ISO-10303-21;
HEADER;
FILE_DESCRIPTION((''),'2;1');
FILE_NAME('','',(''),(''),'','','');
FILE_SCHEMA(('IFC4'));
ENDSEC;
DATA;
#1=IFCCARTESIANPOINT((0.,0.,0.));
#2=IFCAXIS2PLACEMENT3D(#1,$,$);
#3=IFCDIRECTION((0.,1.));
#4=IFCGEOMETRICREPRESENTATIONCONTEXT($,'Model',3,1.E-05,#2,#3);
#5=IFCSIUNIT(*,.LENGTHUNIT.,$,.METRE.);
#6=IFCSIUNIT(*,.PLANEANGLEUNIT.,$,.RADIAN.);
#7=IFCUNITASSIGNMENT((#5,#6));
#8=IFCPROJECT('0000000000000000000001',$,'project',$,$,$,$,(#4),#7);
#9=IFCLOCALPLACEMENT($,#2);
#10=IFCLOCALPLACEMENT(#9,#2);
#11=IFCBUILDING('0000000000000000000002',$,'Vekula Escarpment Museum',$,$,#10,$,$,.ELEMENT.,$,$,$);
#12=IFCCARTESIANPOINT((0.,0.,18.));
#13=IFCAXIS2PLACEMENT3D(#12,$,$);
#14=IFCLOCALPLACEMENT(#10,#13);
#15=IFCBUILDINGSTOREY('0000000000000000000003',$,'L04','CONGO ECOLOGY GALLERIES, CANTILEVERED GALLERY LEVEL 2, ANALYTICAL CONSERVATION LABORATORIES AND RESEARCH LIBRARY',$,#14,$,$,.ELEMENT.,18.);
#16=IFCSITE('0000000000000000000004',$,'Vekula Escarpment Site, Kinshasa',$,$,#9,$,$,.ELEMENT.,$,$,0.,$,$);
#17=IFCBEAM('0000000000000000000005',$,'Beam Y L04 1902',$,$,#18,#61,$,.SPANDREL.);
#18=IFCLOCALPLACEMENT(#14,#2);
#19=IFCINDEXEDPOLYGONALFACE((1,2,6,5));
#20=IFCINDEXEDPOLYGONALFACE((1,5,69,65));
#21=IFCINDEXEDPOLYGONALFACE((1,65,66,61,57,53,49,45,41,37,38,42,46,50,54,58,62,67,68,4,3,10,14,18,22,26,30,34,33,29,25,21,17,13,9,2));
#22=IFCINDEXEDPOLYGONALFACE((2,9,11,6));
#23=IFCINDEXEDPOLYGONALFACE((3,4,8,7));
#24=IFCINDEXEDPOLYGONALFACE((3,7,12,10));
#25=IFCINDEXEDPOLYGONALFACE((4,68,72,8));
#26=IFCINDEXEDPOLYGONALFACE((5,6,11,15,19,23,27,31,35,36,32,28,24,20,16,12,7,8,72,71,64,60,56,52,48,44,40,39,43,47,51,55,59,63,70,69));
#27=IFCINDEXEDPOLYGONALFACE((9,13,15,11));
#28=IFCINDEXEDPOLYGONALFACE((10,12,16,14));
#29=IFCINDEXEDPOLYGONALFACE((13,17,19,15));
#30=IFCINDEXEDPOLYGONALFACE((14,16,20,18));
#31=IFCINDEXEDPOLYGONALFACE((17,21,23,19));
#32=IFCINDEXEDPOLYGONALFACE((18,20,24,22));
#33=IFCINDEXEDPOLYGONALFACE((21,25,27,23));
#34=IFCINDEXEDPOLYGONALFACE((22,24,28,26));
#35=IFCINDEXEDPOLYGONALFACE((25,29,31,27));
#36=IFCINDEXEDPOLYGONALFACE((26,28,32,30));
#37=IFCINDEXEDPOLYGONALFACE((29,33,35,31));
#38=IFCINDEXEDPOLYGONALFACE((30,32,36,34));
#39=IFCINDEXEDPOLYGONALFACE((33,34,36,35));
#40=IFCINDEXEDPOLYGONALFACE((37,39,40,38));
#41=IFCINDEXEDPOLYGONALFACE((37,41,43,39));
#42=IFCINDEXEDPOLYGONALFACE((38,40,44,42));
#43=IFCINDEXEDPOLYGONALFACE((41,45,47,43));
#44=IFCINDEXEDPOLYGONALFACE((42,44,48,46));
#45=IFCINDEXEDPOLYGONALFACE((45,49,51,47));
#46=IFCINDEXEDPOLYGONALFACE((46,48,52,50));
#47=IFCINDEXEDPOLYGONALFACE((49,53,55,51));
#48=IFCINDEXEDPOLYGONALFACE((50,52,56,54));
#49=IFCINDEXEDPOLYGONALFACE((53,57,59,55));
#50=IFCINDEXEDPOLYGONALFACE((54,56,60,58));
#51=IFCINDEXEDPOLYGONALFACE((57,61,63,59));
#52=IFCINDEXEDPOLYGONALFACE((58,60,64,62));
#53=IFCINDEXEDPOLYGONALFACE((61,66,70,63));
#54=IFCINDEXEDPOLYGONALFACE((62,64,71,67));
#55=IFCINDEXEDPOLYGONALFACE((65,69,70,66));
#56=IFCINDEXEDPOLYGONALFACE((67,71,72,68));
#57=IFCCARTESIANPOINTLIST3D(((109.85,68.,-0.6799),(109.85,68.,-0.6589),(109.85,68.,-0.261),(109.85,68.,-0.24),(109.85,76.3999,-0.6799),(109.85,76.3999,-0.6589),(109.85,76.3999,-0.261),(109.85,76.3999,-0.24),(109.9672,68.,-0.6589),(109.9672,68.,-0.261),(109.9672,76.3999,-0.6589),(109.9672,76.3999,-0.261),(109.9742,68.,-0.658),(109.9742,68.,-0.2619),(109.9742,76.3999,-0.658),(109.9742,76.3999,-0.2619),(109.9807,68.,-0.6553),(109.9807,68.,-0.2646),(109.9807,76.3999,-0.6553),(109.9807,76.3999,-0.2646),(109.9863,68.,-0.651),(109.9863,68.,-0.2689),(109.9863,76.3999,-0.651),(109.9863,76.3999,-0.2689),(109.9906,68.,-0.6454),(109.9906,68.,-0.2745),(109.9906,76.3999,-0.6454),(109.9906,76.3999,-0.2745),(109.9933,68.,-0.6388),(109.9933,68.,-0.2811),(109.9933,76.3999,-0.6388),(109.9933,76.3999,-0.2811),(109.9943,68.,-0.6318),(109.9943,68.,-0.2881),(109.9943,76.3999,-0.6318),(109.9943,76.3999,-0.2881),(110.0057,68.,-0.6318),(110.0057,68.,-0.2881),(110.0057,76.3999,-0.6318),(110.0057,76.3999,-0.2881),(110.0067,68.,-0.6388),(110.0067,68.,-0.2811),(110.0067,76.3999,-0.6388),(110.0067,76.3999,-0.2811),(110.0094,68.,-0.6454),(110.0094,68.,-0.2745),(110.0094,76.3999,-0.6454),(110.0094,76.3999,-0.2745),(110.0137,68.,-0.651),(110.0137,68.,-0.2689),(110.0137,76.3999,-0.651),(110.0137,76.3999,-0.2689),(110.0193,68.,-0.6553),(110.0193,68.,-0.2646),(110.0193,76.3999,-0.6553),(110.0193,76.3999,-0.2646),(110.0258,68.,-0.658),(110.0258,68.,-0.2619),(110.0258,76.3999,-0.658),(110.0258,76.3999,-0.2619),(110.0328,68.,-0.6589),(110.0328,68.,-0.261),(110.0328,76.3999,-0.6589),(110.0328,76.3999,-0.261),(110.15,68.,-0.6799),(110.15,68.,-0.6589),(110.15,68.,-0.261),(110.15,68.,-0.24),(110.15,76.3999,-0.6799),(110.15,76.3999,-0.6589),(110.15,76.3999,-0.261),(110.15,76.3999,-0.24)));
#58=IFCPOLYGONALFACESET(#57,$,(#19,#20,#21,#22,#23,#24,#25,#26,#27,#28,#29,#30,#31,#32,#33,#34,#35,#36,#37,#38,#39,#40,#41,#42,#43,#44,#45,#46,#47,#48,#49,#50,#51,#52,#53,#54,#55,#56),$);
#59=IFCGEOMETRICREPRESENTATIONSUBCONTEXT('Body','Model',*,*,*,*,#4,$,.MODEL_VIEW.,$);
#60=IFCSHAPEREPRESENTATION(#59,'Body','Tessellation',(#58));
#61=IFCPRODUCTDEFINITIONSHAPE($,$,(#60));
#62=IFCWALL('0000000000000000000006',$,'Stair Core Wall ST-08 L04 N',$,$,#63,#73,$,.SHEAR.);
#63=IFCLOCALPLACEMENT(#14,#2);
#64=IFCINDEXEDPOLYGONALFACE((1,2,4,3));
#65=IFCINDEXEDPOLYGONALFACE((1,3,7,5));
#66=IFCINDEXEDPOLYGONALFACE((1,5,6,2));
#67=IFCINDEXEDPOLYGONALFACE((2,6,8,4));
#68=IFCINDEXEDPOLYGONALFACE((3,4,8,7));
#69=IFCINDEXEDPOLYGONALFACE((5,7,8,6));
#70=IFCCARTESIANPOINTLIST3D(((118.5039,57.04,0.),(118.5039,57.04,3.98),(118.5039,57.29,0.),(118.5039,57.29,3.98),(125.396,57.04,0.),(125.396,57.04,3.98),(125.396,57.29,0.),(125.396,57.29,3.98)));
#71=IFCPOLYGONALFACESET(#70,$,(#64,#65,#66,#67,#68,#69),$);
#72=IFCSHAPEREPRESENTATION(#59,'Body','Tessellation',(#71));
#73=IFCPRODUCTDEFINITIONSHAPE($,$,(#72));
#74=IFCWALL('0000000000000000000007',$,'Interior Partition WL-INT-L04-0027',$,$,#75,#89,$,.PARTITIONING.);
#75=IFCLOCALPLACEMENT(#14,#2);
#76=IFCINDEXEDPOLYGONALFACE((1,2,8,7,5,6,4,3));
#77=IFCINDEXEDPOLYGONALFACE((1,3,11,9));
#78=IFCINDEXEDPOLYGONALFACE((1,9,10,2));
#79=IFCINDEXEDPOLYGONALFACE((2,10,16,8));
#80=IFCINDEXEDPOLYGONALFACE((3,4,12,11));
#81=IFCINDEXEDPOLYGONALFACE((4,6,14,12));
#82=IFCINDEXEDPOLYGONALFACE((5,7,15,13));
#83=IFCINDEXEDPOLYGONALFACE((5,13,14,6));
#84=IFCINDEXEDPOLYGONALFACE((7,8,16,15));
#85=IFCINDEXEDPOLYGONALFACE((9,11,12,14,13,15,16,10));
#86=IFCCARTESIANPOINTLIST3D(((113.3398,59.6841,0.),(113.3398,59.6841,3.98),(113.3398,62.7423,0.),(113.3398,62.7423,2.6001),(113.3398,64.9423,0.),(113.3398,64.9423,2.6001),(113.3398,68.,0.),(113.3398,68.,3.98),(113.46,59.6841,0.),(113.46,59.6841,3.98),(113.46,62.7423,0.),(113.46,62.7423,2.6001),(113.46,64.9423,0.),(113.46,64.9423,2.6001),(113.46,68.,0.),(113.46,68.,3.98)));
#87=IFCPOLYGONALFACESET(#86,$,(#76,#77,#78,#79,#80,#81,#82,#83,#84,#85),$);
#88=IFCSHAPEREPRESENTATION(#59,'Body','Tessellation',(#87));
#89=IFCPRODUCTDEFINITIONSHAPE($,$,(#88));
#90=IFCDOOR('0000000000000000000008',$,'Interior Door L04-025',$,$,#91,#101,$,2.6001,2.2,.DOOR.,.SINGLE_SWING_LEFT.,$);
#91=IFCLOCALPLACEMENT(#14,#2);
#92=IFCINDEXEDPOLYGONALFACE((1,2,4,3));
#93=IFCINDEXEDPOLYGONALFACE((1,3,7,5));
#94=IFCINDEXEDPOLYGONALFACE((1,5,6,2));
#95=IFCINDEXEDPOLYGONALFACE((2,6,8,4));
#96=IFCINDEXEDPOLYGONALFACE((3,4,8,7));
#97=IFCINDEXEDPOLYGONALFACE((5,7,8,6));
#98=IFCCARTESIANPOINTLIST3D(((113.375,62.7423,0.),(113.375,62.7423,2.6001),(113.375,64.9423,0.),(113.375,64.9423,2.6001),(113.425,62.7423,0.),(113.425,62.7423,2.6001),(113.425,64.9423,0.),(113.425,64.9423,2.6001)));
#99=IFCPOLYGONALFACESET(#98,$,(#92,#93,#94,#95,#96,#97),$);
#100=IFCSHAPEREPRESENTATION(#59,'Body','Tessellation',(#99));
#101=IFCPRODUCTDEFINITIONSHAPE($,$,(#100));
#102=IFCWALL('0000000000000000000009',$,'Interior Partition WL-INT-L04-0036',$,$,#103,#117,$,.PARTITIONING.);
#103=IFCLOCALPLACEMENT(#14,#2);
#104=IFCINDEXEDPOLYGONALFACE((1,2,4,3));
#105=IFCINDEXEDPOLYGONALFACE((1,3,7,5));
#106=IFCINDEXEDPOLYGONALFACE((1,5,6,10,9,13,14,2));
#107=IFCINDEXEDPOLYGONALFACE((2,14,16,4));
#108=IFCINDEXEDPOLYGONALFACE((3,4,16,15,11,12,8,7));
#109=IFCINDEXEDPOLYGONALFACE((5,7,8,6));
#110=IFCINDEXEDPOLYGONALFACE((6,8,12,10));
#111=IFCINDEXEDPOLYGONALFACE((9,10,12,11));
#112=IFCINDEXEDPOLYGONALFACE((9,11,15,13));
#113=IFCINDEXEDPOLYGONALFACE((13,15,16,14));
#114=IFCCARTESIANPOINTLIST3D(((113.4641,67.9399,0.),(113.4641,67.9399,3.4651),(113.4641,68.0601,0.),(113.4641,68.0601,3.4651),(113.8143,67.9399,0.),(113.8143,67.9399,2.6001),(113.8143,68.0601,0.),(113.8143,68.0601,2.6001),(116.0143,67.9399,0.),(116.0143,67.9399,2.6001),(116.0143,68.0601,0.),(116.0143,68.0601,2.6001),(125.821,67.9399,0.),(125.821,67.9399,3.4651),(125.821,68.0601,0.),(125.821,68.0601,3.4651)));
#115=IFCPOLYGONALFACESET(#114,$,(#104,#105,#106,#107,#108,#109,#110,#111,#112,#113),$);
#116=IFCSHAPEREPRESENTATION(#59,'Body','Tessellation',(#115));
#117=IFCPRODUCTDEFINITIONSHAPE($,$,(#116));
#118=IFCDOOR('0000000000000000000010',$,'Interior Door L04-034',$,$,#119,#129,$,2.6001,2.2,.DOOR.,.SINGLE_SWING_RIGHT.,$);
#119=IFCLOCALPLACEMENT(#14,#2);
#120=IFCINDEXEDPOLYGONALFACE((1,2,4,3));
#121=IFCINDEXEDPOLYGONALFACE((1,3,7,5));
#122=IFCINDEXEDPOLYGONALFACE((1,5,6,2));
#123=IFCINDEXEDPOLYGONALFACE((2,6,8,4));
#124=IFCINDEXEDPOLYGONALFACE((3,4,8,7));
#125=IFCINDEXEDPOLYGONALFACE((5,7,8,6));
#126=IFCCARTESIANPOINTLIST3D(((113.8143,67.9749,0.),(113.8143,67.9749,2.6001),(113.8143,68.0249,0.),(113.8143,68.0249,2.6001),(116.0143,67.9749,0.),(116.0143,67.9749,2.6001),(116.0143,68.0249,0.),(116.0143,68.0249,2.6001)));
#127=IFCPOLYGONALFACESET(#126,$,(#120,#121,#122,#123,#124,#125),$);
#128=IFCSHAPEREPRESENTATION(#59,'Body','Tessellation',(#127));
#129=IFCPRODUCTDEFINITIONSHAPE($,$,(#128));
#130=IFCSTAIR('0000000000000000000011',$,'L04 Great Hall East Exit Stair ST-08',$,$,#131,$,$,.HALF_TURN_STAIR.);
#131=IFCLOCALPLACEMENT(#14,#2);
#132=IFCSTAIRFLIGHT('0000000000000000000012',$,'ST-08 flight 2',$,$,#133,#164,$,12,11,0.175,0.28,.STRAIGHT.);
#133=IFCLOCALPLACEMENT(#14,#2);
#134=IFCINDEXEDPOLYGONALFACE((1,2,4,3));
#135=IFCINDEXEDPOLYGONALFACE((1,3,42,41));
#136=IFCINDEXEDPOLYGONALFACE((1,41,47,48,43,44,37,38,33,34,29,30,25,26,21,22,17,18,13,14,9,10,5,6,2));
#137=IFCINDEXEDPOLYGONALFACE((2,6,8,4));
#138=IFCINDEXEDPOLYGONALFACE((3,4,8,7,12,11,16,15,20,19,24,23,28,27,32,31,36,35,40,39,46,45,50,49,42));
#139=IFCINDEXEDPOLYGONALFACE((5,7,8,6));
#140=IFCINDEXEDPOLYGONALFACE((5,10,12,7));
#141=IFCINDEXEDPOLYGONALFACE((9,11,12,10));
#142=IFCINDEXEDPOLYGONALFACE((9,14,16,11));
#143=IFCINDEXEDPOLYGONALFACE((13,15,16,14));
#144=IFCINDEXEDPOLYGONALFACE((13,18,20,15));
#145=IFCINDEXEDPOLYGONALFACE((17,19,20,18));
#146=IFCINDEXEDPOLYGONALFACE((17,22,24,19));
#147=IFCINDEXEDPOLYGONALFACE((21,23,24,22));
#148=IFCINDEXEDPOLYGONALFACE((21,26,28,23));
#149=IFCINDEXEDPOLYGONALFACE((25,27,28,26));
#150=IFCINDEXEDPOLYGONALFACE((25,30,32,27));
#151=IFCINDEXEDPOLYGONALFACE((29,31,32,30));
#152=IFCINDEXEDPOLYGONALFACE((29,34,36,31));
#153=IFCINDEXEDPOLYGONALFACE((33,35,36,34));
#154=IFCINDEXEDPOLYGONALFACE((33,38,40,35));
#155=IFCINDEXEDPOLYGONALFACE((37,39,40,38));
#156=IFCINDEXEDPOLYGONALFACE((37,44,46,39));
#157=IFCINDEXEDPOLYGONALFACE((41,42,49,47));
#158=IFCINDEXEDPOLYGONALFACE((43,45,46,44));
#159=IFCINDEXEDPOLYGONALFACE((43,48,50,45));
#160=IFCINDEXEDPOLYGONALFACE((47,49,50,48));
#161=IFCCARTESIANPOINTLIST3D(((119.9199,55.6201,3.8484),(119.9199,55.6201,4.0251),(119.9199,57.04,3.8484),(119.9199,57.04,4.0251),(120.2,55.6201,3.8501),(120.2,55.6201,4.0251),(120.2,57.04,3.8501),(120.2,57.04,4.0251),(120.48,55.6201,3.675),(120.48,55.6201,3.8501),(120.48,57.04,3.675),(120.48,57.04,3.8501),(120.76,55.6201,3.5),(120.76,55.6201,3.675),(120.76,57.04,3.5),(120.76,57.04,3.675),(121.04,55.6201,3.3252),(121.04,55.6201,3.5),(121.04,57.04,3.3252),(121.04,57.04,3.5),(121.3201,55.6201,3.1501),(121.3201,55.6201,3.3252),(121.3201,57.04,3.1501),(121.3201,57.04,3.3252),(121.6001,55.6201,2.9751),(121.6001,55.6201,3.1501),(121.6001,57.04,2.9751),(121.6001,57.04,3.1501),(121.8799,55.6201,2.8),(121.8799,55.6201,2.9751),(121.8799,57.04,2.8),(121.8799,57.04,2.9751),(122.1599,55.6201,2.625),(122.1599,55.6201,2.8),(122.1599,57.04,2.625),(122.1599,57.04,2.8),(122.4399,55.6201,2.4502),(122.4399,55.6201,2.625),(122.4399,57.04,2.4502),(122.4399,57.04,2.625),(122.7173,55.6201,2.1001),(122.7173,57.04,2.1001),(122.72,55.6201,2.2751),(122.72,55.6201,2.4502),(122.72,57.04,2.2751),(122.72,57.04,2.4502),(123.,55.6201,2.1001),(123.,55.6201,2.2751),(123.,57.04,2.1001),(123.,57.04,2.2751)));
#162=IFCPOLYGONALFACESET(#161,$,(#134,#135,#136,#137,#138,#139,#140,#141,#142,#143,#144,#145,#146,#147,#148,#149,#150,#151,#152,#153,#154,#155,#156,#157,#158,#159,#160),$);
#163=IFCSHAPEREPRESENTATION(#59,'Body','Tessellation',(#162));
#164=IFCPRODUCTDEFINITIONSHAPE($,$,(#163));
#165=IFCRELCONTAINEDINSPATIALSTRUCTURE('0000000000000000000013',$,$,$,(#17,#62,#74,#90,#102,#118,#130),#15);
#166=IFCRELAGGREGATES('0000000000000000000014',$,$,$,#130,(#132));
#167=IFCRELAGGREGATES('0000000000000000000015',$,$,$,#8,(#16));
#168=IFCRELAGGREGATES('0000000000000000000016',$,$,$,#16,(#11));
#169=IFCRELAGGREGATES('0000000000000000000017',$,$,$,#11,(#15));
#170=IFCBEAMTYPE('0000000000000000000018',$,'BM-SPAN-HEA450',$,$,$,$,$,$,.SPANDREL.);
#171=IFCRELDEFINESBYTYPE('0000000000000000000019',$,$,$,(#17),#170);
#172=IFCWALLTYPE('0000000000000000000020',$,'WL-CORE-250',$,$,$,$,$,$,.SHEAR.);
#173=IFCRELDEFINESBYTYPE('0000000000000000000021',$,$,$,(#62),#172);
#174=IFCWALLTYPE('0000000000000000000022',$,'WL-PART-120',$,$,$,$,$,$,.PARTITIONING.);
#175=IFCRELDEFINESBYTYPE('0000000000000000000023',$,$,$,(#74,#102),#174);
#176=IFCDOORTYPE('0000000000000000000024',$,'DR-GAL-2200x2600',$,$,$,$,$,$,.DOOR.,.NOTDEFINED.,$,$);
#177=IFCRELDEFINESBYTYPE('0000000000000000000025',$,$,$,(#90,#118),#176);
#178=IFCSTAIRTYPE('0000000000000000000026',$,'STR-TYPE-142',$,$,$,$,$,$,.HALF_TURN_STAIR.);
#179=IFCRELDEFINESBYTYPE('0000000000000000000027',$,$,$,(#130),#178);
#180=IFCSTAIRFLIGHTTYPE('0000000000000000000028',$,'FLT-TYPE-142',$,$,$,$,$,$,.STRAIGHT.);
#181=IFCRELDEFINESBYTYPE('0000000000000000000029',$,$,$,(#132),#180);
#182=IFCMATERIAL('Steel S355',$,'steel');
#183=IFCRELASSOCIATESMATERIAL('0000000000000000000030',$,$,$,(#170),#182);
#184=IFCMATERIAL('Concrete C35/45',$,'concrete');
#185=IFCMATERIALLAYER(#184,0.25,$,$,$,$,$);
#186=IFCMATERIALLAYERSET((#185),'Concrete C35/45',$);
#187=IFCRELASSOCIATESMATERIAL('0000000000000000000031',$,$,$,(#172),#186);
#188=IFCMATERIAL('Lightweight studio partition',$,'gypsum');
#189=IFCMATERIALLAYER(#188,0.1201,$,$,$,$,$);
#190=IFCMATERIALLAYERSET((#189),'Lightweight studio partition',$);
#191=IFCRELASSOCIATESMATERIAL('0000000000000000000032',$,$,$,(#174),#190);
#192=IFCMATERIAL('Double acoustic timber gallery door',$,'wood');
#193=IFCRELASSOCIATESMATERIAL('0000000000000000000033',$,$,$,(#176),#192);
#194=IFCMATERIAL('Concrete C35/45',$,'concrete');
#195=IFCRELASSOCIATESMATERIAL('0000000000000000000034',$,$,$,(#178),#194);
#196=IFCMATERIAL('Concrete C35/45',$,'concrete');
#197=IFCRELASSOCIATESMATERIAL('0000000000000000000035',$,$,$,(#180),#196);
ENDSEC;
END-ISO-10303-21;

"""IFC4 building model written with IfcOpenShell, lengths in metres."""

from ifc_helpers import new_model, si_unit, direction, frame, frame_2d, origin, origin_2d, place, context, subcontext, project, spatial, polyline, rectangle, i_section, outline, extrude, material, layer, layer_set, material_profile, profile_set, type_object, element, fill, aggregate, save


model = new_model("IFC4")

# Units and contexts
model_context = context("Model", 3, precision=1e-05, world=origin(), true_north=direction((0.0, 1.0)))
body_context = subcontext(model_context, "Body", "Model", "MODEL_VIEW")
ifc_project = project(units=[si_unit("LENGTHUNIT", "METRE"), si_unit("PLANEANGLEUNIT", "RADIAN")], contexts=[model_context])

# Site, building, storey
site_placement = place(None, origin())
site = spatial("IfcSite", under=ifc_project, at=site_placement, Name="Vekula Escarpment Site, Kinshasa", CompositionType="ELEMENT", RefElevation=0.0)
building_placement = place(site_placement, origin())
building = spatial("IfcBuilding", under=site, at=building_placement, Name="Vekula Escarpment Museum", CompositionType="ELEMENT")
storey_placement = place(building_placement, frame((0.0, 0.0, 18.0)))
storey = spatial("IfcBuildingStorey", under=building, at=storey_placement, Name="L04", Description="CONGO ECOLOGY GALLERIES, CANTILEVERED GALLERY LEVEL 2, ANALYTICAL CONSERVATION LABORATORIES AND RESEARCH LIBRARY", CompositionType="ELEMENT", Elevation=18.0)

# Beam
ifc_material_1 = material(Name="Steel S355", Category="steel")
ifc_material_profile_1 = material_profile(ifc_material_1, i_section(OverallWidth=0.3, OverallDepth=0.4399, WebThickness=0.0115, FlangeThickness=0.021, FilletRadius=0.0271, at=origin_2d()), Name="HEA 450")
ifc_profile_set_1 = profile_set([ifc_material_profile_1], Name="Steel S355")
beam_type_1 = type_object("IfcBeamType", Name="BM-SPAN-HEA450", PredefinedType="SPANDREL", material=ifc_profile_set_1)
for number, where, z_axis, x_axis, name in (
    (1, (110.0, 68.0, -0.46), (0.0, 1.0, 0.0), (-1.0, 0.0, 0.0), "Beam Y L04 1902"),
):
    element("IfcBeam", number, at=place(storey_placement, frame(where, z_axis=z_axis, x_axis=x_axis)), inside=storey, type_object=beam_type_1, Name=name, PredefinedType="SPANDREL", context=body_context, shape_type="SweptSolid", body=[
        extrude(i_section(OverallWidth=0.3, OverallDepth=0.4399, WebThickness=0.0115, FlangeThickness=0.021, FilletRadius=0.0271, at=origin_2d()), origin(), (0.0, 0.0, 1.0), 8.3999),
    ])

# Wall
ifc_material_2 = material(Name="Concrete C35/45", Category="concrete")
ifc_layer_1 = layer(ifc_material_2, 0.25)
ifc_layer_set_1 = layer_set([ifc_layer_1], Name="Concrete C35/45")
wall_type_1 = type_object("IfcWallType", Name="WL-CORE-250", PredefinedType="SHEAR", material=ifc_layer_set_1)
wall_1_placement = place(storey_placement, frame((118.5039, 57.165, 0.0), z_axis=(0.0, 0.0, 1.0), x_axis=(1.0, 0.0, 0.0)))
element("IfcWall", 2, at=wall_1_placement, inside=storey, type_object=wall_type_1, Name="Stair Core Wall ST-08 L04 N", PredefinedType="SHEAR", context=body_context, shape_type="SweptSolid", body=[
    extrude(rectangle(XDim=6.8921, YDim=0.25, at=frame_2d((3.446, 0.0))), origin(), (0.0, 0.0, 1.0), 3.98),
])

# Walls, openings, doors
ifc_material_3 = material(Name="Lightweight studio partition", Category="gypsum")
ifc_layer_2 = layer(ifc_material_3, 0.1201)
ifc_layer_set_2 = layer_set([ifc_layer_2], Name="Lightweight studio partition")
wall_type_2 = type_object("IfcWallType", Name="WL-PART-120", PredefinedType="PARTITIONING", material=ifc_layer_set_2)
wall_2_placement = place(storey_placement, frame((113.3999, 59.6841, 0.0), z_axis=(0.0, 0.0, 1.0), x_axis=(0.0, 1.0, 0.0)))
wall_2 = element("IfcWall", 3, at=wall_2_placement, inside=storey, type_object=wall_type_2, Name="Interior Partition WL-INT-L04-0027", PredefinedType="PARTITIONING", context=body_context, shape_type="SweptSolid", body=[
    extrude(rectangle(XDim=8.3159, YDim=0.1201, at=frame_2d((4.158, 0.0))), origin(), (0.0, 0.0, 1.0), 3.98),
])
opening_1_placement = place(wall_2_placement, frame((3.0581, 0.0, 0.0)))
opening_1 = element("IfcOpeningElement", 4, at=opening_1_placement, cuts=wall_2, PredefinedType="OPENING", context=body_context, shape_type="SweptSolid", body=[
    extrude(rectangle(XDim=2.2, YDim=2.6001, at=frame_2d((1.1001, 1.3))), frame((0.0, 0.0701, 0.0), z_axis=(0.0, -1.0, 0.0), x_axis=(1.0, 0.0, 0.0)), (0.0, 0.0, 1.0), 0.1401),
])
ifc_material_4 = material(Name="Double acoustic timber gallery door", Category="wood")
door_type_1 = type_object("IfcDoorType", Name="DR-GAL-2200x2600", OperationType="NOTDEFINED", PredefinedType="DOOR", material=ifc_material_4)
door_1_placement = place(opening_1_placement, origin())
door_1 = element("IfcDoor", 5, at=door_1_placement, inside=storey, type_object=door_type_1, Name="Interior Door L04-025", OperationType="SINGLE_SWING_LEFT", OverallHeight=2.6001, OverallWidth=2.2, PredefinedType="DOOR", context=body_context, shape_type="SweptSolid", body=[
    extrude(rectangle(XDim=2.2, YDim=2.6001, at=frame_2d((1.1001, 1.3))), frame((0.0, 0.0249, 0.0), z_axis=(0.0, -1.0, 0.0), x_axis=(1.0, 0.0, 0.0)), (0.0, 0.0, 1.0), 0.05),
])
fill(opening_1, door_1)
wall_3_placement = place(storey_placement, frame((113.4641, 68.0, 0.0), z_axis=(0.0, 0.0, 1.0), x_axis=(1.0, 0.0, 0.0)))
wall_3 = element("IfcWall", 6, at=wall_3_placement, inside=storey, type_object=wall_type_2, Name="Interior Partition WL-INT-L04-0036", PredefinedType="PARTITIONING", context=body_context, shape_type="SweptSolid", body=[
    extrude(rectangle(XDim=12.3569, YDim=0.1201, at=frame_2d((6.1785, 0.0))), origin(), (0.0, 0.0, 1.0), 3.4651),
])
opening_2_placement = place(wall_3_placement, frame((0.3501, 0.0, 0.0)))
opening_2 = element("IfcOpeningElement", 7, at=opening_2_placement, cuts=wall_3, PredefinedType="OPENING", context=body_context, shape_type="SweptSolid", body=[
    extrude(rectangle(XDim=2.2, YDim=2.6001, at=frame_2d((1.1001, 1.3))), frame((0.0, 0.0701, 0.0), z_axis=(0.0, -1.0, 0.0), x_axis=(1.0, 0.0, 0.0)), (0.0, 0.0, 1.0), 0.1401),
])
door_2_placement = place(opening_2_placement, origin())
door_2 = element("IfcDoor", 8, at=door_2_placement, inside=storey, type_object=door_type_1, Name="Interior Door L04-034", OperationType="SINGLE_SWING_RIGHT", OverallHeight=2.6001, OverallWidth=2.2, PredefinedType="DOOR", context=body_context, shape_type="SweptSolid", body=[
    extrude(rectangle(XDim=2.2, YDim=2.6001, at=frame_2d((1.1001, 1.3))), frame((0.0, 0.0249, 0.0), z_axis=(0.0, -1.0, 0.0), x_axis=(1.0, 0.0, 0.0)), (0.0, 0.0, 1.0), 0.05),
])
fill(opening_2, door_2)

# Stair, stair flight
ifc_material_5 = material(Name="Concrete C35/45", Category="concrete")
stair_type = type_object("IfcStairType", Name="STR-TYPE-142", PredefinedType="HALF_TURN_STAIR", material=ifc_material_5)
stair_placement = place(storey_placement, origin())
stair = element("IfcStair", 9, at=stair_placement, inside=storey, type_object=stair_type, Name="L04 Great Hall East Exit Stair ST-08", PredefinedType="HALF_TURN_STAIR")
ifc_material_6 = material(Name="Concrete C35/45", Category="concrete")
stair_flight_type = type_object("IfcStairFlightType", Name="FLT-TYPE-142", PredefinedType="STRAIGHT", material=ifc_material_6)
stair_flight_placement = place(storey_placement, frame((123.0, 56.3301, 2.1001), z_axis=(0.0, 0.0, 1.0), x_axis=(-1.0, 0.0, 0.0)))
stair_flight = element("IfcStairFlight", 10, at=stair_flight_placement, type_object=stair_flight_type, Name="ST-08 flight 2", NumberOfRisers=12, NumberOfTreads=11, PredefinedType="STRAIGHT", RiserHeight=0.175, TreadLength=0.28, context=body_context, shape_type="SweptSolid", body=[
    extrude(outline(polyline([(0.0, 0.0), (0.0, 0.175), (0.28, 0.175), (0.28, 0.3501), (0.5601, 0.3501), (0.5601, 0.5249), (0.8401, 0.5249), (0.8401, 0.7), (1.1201, 0.7), (1.1201, 0.875), (1.3999, 0.875), (1.3999, 1.05), (1.6799, 1.05), (1.6799, 1.2251), (1.96, 1.2251), (1.96, 1.3999), (2.24, 1.3999), (2.24, 1.575), (2.52, 1.575), (2.52, 1.75), (2.8, 1.75), (2.8, 1.925), (3.0801, 1.925), (3.0801, 2.1001), (3.0801, 1.7483), (0.2827, 0.0), (0.0, 0.0)])), frame((0.0, 0.71, 0.0), z_axis=(0.0, -1.0, 0.0), x_axis=(1.0, 0.0, 0.0)), (0.0, 0.0, 1.0), 1.4199),
])
aggregate(stair, [stair_flight])

save(model, "model.ifc")
